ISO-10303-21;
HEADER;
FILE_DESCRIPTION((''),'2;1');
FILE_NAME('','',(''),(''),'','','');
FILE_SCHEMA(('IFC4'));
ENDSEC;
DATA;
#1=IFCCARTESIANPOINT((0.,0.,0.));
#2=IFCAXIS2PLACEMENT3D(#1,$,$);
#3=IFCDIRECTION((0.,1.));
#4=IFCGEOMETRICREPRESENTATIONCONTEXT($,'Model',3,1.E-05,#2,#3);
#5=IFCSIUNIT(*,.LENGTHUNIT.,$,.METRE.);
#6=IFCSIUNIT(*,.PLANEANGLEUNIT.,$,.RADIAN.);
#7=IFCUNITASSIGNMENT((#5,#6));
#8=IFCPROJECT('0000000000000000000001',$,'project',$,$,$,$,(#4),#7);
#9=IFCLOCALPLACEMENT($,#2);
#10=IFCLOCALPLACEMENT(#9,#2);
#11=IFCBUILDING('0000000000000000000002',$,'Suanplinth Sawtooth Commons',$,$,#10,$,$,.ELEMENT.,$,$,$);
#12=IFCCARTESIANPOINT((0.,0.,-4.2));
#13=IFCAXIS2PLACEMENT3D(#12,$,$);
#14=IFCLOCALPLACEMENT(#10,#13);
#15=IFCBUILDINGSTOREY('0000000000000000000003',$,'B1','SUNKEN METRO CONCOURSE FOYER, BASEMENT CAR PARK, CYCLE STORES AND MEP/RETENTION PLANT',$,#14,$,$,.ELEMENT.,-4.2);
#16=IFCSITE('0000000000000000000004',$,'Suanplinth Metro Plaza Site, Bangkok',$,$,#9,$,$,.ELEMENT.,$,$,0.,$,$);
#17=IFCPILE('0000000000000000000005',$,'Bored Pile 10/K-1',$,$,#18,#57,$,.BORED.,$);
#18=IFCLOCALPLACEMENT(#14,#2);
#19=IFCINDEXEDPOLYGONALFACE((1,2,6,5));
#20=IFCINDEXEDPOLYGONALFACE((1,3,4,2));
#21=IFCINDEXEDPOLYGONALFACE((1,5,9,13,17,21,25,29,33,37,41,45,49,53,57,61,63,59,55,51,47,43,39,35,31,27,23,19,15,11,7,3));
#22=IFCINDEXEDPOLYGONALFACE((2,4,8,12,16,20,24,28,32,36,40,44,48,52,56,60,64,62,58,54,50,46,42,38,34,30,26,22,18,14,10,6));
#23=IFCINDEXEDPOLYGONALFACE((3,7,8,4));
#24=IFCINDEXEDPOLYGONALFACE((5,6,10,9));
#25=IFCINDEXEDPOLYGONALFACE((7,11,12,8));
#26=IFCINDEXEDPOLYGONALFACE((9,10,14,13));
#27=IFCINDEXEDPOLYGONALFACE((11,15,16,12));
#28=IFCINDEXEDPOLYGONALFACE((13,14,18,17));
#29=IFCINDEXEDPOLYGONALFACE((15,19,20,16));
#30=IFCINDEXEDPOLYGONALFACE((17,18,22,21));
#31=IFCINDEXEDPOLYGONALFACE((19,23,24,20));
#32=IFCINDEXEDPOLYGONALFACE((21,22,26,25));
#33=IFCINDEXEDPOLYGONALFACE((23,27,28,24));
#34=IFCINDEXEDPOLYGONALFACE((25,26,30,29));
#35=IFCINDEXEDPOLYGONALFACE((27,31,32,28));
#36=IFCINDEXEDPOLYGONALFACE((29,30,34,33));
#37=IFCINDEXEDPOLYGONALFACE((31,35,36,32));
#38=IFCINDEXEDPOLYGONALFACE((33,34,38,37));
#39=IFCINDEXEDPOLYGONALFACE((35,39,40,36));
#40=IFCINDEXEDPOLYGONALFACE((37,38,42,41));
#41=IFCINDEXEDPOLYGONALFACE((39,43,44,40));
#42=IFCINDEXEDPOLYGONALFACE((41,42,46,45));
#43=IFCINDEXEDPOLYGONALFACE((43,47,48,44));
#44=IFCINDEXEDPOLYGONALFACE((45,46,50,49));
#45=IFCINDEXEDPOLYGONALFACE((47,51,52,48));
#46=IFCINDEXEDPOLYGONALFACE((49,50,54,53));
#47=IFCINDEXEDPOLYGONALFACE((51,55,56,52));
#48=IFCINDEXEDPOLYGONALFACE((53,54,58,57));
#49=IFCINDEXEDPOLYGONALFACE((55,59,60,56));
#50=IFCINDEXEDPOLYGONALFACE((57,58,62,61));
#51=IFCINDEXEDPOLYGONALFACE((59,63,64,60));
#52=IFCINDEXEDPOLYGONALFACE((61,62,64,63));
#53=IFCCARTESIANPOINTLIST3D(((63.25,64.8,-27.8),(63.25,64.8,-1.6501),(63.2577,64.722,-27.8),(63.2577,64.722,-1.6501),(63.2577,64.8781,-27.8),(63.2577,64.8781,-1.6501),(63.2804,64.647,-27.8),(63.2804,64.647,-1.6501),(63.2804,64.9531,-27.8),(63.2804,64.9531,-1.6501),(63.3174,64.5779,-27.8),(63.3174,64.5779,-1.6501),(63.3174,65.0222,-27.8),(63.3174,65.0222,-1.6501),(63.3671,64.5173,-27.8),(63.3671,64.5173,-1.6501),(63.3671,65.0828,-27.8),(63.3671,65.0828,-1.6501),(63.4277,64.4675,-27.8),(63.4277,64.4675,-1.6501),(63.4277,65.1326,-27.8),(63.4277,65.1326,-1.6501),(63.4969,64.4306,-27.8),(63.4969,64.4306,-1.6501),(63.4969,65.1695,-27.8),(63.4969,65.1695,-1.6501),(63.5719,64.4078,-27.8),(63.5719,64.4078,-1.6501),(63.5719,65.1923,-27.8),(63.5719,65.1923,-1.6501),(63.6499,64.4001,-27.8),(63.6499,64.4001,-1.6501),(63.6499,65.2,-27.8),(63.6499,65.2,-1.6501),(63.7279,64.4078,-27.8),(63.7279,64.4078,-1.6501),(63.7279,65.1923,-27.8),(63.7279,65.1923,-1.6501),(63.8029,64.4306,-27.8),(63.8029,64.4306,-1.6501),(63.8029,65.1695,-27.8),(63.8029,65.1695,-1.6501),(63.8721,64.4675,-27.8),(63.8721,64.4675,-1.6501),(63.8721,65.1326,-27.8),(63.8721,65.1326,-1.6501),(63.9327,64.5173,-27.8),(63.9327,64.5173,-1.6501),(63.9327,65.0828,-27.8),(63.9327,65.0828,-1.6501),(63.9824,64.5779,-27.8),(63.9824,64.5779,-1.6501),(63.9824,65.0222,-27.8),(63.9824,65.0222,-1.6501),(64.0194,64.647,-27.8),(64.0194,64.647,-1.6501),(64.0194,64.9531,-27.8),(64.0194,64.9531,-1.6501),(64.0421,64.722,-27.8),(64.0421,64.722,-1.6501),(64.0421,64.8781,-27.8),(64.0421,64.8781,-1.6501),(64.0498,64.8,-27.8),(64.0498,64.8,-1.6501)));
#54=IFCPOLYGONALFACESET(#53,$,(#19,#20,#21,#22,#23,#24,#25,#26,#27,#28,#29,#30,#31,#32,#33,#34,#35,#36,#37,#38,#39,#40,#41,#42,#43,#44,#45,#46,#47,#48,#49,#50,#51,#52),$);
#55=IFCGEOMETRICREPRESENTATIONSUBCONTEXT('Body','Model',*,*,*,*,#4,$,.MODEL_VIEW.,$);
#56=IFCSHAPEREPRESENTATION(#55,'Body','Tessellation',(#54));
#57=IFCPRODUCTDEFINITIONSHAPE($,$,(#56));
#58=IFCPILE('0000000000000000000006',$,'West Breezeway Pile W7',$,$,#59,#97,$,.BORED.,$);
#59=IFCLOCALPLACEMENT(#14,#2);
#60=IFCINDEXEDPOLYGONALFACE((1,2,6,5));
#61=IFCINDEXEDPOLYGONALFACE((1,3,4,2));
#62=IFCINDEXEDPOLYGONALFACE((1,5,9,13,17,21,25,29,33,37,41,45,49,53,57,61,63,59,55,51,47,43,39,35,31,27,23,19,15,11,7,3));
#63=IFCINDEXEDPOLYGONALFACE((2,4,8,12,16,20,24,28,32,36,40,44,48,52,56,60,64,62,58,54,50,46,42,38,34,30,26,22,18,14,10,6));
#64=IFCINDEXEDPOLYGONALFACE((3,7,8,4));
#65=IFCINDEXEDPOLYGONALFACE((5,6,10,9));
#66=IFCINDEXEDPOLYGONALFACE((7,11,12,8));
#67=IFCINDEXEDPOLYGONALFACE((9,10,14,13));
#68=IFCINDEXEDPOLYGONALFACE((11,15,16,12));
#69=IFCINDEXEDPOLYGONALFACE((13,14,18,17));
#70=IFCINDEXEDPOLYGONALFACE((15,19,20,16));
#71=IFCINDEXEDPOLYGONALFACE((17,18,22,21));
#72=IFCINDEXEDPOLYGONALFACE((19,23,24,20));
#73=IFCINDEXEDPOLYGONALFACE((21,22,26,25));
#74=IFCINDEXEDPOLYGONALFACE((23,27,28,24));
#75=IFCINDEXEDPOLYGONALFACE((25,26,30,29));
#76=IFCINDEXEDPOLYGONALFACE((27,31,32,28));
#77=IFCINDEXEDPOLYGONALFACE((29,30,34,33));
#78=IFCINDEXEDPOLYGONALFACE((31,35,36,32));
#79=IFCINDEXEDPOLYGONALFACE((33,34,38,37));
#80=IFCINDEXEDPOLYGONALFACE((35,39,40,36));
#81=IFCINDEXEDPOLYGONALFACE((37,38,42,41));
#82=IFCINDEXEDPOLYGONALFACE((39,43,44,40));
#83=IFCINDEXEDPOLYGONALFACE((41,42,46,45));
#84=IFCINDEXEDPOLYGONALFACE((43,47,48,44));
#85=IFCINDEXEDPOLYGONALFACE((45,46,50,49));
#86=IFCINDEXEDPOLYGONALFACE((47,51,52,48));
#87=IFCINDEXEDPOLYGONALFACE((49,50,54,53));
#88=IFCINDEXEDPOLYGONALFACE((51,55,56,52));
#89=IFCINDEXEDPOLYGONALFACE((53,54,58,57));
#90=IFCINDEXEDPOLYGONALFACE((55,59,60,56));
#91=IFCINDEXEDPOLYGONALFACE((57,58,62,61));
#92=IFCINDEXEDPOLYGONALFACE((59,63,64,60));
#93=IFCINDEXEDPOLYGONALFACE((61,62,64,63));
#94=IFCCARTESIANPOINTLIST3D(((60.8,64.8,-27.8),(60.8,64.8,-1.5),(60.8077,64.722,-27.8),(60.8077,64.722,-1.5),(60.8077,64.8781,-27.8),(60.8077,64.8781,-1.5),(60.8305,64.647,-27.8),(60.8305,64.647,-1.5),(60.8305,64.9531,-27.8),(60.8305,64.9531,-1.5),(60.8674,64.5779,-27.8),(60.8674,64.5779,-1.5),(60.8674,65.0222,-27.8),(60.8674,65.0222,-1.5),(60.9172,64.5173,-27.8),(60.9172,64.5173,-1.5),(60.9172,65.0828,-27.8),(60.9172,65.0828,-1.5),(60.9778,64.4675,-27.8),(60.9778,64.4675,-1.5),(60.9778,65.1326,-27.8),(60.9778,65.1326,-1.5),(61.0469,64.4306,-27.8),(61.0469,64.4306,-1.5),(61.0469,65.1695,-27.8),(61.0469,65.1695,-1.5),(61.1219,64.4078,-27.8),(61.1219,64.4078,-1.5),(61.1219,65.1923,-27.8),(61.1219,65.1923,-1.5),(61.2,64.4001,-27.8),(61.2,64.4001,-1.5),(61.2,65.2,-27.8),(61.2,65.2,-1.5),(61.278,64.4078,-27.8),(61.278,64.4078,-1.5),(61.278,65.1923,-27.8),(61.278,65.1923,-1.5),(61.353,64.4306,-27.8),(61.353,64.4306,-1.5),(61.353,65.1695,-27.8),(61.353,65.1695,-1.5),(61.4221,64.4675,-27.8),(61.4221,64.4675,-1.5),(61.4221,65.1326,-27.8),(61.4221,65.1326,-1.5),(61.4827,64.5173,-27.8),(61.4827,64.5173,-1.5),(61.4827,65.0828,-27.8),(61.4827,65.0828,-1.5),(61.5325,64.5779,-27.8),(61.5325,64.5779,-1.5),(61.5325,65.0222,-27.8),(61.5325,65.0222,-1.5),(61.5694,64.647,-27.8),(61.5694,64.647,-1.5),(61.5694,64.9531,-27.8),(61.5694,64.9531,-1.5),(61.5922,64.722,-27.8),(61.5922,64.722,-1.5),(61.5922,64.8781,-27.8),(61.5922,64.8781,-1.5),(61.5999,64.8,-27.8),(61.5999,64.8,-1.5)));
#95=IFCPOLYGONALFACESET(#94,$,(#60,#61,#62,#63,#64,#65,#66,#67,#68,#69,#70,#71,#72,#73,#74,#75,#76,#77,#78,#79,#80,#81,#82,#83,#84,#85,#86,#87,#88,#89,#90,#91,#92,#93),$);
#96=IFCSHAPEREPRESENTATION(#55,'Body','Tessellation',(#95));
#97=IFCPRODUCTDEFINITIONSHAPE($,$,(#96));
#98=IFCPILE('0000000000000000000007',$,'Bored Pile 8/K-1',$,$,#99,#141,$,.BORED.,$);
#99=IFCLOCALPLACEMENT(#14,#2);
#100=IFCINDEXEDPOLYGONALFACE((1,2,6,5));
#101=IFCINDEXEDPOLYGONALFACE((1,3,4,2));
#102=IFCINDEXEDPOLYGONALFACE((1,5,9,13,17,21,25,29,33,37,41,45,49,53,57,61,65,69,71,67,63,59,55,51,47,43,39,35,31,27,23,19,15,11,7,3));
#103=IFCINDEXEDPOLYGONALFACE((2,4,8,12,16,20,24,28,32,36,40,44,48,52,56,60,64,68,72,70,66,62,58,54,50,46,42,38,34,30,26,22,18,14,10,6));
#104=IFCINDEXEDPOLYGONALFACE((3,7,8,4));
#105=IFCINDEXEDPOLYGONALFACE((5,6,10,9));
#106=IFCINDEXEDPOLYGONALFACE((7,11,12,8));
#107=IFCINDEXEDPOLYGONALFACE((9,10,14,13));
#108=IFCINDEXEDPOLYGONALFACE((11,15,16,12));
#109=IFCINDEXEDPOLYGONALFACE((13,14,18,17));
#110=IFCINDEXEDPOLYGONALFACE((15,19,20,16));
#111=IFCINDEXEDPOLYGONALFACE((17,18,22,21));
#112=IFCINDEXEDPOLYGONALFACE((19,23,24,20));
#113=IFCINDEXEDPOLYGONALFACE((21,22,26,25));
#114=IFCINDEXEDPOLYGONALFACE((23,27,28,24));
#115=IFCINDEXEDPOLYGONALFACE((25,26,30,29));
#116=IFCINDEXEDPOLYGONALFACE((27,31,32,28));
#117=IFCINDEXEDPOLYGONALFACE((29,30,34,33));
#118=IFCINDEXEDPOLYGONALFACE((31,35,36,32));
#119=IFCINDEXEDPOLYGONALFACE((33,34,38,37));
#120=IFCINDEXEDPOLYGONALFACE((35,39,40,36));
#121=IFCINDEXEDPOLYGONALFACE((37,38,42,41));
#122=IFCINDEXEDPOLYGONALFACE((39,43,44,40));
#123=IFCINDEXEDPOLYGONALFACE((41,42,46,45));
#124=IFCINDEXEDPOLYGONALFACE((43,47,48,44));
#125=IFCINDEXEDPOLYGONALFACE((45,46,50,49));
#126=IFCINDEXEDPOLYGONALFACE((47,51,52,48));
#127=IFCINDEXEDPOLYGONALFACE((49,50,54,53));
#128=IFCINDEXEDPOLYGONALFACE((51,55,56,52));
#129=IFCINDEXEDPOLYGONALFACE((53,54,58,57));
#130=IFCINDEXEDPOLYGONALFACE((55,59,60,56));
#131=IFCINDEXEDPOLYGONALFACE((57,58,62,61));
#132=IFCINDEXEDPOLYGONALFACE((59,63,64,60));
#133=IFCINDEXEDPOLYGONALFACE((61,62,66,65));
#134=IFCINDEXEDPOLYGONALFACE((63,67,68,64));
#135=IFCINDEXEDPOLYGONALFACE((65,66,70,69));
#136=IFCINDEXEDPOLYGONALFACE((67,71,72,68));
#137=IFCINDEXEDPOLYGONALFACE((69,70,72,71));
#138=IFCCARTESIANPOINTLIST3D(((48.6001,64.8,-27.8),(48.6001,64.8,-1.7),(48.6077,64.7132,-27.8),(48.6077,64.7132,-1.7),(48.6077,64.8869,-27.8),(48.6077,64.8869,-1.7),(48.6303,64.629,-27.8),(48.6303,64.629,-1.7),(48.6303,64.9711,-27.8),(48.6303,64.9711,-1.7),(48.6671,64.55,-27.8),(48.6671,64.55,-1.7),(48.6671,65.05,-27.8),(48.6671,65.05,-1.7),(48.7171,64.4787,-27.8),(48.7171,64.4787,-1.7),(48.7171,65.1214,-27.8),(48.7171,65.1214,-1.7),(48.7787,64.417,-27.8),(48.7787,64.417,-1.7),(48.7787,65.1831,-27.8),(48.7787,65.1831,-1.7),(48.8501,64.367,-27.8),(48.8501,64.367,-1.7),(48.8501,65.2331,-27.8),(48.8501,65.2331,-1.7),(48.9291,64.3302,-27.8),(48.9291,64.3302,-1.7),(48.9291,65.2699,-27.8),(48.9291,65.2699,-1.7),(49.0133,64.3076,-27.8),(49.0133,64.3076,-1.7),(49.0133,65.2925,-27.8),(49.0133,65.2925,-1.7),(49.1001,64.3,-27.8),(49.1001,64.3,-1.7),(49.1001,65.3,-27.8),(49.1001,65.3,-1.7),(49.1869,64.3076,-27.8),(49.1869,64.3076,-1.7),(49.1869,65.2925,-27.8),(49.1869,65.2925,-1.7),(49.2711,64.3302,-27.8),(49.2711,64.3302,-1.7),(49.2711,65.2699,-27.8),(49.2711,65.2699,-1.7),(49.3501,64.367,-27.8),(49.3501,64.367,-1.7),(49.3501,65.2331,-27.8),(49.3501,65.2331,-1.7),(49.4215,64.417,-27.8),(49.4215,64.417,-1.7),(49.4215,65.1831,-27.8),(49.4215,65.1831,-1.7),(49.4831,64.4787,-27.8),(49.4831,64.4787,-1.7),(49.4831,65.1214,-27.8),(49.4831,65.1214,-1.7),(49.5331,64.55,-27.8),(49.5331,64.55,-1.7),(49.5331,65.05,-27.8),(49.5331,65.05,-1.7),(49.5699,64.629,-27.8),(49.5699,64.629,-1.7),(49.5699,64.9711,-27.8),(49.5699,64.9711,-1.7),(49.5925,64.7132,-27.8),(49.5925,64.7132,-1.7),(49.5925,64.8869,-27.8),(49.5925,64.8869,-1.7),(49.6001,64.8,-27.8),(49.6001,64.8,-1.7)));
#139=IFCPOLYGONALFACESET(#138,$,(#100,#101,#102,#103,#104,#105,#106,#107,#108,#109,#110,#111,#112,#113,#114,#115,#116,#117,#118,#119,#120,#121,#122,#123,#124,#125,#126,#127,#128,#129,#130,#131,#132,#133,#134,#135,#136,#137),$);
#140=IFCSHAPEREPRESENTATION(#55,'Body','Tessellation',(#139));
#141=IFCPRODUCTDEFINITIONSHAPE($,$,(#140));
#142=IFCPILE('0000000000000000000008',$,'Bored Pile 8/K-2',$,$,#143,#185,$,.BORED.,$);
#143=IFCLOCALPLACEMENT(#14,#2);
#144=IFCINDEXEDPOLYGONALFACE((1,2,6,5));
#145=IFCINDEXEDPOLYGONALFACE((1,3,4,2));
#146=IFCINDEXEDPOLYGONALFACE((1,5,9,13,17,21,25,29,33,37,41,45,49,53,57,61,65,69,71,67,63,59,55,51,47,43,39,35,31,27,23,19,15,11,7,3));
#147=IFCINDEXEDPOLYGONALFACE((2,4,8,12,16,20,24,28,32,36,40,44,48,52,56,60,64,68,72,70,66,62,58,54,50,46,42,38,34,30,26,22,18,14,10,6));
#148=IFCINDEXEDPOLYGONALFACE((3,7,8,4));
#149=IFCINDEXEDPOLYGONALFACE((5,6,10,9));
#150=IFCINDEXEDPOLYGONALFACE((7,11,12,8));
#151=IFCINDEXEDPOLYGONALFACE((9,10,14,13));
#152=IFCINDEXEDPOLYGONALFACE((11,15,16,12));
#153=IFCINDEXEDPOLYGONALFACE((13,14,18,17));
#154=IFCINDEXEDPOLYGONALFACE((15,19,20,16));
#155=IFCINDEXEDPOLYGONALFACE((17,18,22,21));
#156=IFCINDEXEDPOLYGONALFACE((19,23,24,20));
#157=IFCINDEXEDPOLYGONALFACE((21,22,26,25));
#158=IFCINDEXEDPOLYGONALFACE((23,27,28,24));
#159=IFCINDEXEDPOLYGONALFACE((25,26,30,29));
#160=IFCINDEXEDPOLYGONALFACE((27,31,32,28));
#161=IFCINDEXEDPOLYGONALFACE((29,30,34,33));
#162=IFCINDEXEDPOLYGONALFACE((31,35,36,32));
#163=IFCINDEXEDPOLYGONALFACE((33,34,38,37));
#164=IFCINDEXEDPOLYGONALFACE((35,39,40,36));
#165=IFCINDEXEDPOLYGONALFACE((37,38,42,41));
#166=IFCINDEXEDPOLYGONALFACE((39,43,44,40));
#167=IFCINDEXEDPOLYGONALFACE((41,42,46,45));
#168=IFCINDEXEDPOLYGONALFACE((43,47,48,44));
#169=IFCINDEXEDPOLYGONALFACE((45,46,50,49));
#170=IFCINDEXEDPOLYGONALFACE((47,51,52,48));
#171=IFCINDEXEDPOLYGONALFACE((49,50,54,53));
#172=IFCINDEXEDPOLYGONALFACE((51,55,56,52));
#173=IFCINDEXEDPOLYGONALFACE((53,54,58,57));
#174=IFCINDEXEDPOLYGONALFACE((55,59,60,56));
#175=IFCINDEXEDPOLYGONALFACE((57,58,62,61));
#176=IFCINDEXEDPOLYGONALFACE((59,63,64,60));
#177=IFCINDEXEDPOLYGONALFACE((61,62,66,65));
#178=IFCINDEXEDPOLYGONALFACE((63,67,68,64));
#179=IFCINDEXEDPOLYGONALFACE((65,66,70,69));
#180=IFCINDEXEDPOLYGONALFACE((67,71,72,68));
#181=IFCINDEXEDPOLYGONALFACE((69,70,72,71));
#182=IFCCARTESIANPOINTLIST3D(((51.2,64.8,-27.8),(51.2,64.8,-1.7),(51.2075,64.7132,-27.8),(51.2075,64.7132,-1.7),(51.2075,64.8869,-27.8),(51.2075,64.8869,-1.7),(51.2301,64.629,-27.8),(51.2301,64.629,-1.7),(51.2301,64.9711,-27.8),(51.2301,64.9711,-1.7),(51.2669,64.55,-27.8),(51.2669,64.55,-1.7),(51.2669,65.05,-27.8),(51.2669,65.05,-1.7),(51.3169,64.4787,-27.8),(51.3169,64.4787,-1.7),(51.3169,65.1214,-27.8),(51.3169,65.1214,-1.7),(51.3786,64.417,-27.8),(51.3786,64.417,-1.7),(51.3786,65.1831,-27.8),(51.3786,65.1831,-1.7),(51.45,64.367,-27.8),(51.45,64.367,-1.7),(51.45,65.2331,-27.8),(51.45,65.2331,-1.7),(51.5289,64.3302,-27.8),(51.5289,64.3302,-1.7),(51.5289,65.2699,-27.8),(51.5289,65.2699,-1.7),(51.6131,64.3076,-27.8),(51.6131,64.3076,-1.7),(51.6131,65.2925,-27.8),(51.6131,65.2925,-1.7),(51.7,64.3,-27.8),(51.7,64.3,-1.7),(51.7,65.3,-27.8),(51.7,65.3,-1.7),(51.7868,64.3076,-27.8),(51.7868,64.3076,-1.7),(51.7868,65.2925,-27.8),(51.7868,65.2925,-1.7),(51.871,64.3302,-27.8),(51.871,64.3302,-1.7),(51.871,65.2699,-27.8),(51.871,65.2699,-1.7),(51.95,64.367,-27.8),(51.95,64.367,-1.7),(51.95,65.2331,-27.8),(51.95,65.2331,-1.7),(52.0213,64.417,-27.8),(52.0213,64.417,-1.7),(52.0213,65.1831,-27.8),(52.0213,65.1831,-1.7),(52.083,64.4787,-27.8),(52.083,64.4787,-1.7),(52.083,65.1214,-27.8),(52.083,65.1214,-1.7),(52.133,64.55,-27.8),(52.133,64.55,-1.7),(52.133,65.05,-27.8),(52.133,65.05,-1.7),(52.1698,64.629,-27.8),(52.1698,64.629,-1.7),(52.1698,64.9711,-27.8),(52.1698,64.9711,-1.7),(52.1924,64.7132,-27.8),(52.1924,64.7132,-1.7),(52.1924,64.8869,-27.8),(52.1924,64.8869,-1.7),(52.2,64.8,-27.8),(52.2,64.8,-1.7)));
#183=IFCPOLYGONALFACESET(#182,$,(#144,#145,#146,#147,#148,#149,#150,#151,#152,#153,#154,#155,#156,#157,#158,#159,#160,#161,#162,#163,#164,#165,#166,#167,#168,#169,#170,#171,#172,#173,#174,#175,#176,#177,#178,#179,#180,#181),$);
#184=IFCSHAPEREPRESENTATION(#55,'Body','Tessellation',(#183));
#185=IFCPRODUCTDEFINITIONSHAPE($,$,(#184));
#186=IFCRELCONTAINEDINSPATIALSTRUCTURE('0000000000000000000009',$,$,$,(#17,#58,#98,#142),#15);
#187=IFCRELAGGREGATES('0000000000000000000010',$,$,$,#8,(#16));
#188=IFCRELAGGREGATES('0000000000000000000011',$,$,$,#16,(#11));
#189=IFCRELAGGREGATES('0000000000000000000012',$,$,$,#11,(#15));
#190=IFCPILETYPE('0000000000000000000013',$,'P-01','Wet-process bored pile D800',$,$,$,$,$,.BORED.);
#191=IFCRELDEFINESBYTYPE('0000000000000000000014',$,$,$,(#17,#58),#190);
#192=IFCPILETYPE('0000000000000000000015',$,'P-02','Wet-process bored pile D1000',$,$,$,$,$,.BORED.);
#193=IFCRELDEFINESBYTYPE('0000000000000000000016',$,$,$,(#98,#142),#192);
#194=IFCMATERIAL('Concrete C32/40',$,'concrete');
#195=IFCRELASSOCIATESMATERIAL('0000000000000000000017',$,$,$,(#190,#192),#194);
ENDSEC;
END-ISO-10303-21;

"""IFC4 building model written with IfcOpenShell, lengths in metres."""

from ifc_helpers import new_model, si_unit, direction, frame, origin, origin_2d, place, context, subcontext, project, spatial, circle, extrude, material, material_profile, profile_set, type_object, element, save


model = new_model("IFC4")

# Units and contexts
model_context = context("Model", 3, precision=1e-05, world=origin(), true_north=direction((0.0, 1.0)))
body_context = subcontext(model_context, "Body", "Model", "MODEL_VIEW")
ifc_project = project(units=[si_unit("LENGTHUNIT", "METRE"), si_unit("PLANEANGLEUNIT", "RADIAN")], contexts=[model_context])

# Site, building, storey
site_placement = place(None, origin())
site = spatial("IfcSite", under=ifc_project, at=site_placement, Name="Suanplinth Metro Plaza Site, Bangkok", CompositionType="ELEMENT", RefElevation=0.0)
building_placement = place(site_placement, origin())
building = spatial("IfcBuilding", under=site, at=building_placement, Name="Suanplinth Sawtooth Commons", CompositionType="ELEMENT")
storey_placement = place(building_placement, frame((0.0, 0.0, -4.2)))
storey = spatial("IfcBuildingStorey", under=building, at=storey_placement, Name="B1", Description="SUNKEN METRO CONCOURSE FOYER, BASEMENT CAR PARK, CYCLE STORES AND MEP/RETENTION PLANT", CompositionType="ELEMENT", Elevation=-4.2)

# Piles
ifc_material_1 = material(Name="Concrete C32/40", Category="concrete")
ifc_material_profile_1 = material_profile(ifc_material_1, circle(Radius=0.3999, at=origin_2d()), Name="PILE D800")
ifc_profile_set_1 = profile_set([ifc_material_profile_1], Name="Concrete C32/40")
pile_type_1 = type_object("IfcPileType", Name="P-01", Description="Wet-process bored pile D800", PredefinedType="BORED", material=ifc_profile_set_1)
for number, where, z_axis, x_axis, name in (
    (1, (63.6499, 64.8, -1.6501), (0.0, 0.0, -1.0), (1.0, 0.0, 0.0), "Bored Pile 10/K-1"),
):
    element("IfcPile", number, at=place(storey_placement, frame(where, z_axis=z_axis, x_axis=x_axis)), inside=storey, type_object=pile_type_1, Name=name, PredefinedType="BORED", context=body_context, shape_type="SweptSolid", body=[
        extrude(circle(Radius=0.3999, at=origin_2d()), origin(), (0.0, 0.0, 1.0), 26.1499),
    ])
pile_placement = place(storey_placement, frame((61.2, 64.8, -1.5), z_axis=(0.0, 0.0, -1.0), x_axis=(1.0, 0.0, 0.0)))
element("IfcPile", 2, at=pile_placement, inside=storey, type_object=pile_type_1, Name="West Breezeway Pile W7", PredefinedType="BORED", context=body_context, shape_type="SweptSolid", body=[
    extrude(circle(Radius=0.3999, at=origin_2d()), origin(), (0.0, 0.0, 1.0), 26.3),
])
ifc_material_profile_2 = material_profile(ifc_material_1, circle(Radius=0.5, at=origin_2d()), Name="PILE D1000")
ifc_profile_set_2 = profile_set([ifc_material_profile_2], Name="Concrete C32/40")
pile_type_2 = type_object("IfcPileType", Name="P-02", Description="Wet-process bored pile D1000", PredefinedType="BORED", material=ifc_profile_set_2)
for number, where, z_axis, x_axis, name in (
    (3, (49.1001, 64.8, -1.7), (0.0, 0.0, -1.0), (1.0, 0.0, 0.0), "Bored Pile 8/K-1"),
    (4, (51.7, 64.8, -1.7), (0.0, 0.0, -1.0), (1.0, 0.0, 0.0), "Bored Pile 8/K-2"),
):
    element("IfcPile", number, at=place(storey_placement, frame(where, z_axis=z_axis, x_axis=x_axis)), inside=storey, type_object=pile_type_2, Name=name, PredefinedType="BORED", context=body_context, shape_type="SweptSolid", body=[
        extrude(circle(Radius=0.5, at=origin_2d()), origin(), (0.0, 0.0, 1.0), 26.1001),
    ])

save(model, "model.ifc")
